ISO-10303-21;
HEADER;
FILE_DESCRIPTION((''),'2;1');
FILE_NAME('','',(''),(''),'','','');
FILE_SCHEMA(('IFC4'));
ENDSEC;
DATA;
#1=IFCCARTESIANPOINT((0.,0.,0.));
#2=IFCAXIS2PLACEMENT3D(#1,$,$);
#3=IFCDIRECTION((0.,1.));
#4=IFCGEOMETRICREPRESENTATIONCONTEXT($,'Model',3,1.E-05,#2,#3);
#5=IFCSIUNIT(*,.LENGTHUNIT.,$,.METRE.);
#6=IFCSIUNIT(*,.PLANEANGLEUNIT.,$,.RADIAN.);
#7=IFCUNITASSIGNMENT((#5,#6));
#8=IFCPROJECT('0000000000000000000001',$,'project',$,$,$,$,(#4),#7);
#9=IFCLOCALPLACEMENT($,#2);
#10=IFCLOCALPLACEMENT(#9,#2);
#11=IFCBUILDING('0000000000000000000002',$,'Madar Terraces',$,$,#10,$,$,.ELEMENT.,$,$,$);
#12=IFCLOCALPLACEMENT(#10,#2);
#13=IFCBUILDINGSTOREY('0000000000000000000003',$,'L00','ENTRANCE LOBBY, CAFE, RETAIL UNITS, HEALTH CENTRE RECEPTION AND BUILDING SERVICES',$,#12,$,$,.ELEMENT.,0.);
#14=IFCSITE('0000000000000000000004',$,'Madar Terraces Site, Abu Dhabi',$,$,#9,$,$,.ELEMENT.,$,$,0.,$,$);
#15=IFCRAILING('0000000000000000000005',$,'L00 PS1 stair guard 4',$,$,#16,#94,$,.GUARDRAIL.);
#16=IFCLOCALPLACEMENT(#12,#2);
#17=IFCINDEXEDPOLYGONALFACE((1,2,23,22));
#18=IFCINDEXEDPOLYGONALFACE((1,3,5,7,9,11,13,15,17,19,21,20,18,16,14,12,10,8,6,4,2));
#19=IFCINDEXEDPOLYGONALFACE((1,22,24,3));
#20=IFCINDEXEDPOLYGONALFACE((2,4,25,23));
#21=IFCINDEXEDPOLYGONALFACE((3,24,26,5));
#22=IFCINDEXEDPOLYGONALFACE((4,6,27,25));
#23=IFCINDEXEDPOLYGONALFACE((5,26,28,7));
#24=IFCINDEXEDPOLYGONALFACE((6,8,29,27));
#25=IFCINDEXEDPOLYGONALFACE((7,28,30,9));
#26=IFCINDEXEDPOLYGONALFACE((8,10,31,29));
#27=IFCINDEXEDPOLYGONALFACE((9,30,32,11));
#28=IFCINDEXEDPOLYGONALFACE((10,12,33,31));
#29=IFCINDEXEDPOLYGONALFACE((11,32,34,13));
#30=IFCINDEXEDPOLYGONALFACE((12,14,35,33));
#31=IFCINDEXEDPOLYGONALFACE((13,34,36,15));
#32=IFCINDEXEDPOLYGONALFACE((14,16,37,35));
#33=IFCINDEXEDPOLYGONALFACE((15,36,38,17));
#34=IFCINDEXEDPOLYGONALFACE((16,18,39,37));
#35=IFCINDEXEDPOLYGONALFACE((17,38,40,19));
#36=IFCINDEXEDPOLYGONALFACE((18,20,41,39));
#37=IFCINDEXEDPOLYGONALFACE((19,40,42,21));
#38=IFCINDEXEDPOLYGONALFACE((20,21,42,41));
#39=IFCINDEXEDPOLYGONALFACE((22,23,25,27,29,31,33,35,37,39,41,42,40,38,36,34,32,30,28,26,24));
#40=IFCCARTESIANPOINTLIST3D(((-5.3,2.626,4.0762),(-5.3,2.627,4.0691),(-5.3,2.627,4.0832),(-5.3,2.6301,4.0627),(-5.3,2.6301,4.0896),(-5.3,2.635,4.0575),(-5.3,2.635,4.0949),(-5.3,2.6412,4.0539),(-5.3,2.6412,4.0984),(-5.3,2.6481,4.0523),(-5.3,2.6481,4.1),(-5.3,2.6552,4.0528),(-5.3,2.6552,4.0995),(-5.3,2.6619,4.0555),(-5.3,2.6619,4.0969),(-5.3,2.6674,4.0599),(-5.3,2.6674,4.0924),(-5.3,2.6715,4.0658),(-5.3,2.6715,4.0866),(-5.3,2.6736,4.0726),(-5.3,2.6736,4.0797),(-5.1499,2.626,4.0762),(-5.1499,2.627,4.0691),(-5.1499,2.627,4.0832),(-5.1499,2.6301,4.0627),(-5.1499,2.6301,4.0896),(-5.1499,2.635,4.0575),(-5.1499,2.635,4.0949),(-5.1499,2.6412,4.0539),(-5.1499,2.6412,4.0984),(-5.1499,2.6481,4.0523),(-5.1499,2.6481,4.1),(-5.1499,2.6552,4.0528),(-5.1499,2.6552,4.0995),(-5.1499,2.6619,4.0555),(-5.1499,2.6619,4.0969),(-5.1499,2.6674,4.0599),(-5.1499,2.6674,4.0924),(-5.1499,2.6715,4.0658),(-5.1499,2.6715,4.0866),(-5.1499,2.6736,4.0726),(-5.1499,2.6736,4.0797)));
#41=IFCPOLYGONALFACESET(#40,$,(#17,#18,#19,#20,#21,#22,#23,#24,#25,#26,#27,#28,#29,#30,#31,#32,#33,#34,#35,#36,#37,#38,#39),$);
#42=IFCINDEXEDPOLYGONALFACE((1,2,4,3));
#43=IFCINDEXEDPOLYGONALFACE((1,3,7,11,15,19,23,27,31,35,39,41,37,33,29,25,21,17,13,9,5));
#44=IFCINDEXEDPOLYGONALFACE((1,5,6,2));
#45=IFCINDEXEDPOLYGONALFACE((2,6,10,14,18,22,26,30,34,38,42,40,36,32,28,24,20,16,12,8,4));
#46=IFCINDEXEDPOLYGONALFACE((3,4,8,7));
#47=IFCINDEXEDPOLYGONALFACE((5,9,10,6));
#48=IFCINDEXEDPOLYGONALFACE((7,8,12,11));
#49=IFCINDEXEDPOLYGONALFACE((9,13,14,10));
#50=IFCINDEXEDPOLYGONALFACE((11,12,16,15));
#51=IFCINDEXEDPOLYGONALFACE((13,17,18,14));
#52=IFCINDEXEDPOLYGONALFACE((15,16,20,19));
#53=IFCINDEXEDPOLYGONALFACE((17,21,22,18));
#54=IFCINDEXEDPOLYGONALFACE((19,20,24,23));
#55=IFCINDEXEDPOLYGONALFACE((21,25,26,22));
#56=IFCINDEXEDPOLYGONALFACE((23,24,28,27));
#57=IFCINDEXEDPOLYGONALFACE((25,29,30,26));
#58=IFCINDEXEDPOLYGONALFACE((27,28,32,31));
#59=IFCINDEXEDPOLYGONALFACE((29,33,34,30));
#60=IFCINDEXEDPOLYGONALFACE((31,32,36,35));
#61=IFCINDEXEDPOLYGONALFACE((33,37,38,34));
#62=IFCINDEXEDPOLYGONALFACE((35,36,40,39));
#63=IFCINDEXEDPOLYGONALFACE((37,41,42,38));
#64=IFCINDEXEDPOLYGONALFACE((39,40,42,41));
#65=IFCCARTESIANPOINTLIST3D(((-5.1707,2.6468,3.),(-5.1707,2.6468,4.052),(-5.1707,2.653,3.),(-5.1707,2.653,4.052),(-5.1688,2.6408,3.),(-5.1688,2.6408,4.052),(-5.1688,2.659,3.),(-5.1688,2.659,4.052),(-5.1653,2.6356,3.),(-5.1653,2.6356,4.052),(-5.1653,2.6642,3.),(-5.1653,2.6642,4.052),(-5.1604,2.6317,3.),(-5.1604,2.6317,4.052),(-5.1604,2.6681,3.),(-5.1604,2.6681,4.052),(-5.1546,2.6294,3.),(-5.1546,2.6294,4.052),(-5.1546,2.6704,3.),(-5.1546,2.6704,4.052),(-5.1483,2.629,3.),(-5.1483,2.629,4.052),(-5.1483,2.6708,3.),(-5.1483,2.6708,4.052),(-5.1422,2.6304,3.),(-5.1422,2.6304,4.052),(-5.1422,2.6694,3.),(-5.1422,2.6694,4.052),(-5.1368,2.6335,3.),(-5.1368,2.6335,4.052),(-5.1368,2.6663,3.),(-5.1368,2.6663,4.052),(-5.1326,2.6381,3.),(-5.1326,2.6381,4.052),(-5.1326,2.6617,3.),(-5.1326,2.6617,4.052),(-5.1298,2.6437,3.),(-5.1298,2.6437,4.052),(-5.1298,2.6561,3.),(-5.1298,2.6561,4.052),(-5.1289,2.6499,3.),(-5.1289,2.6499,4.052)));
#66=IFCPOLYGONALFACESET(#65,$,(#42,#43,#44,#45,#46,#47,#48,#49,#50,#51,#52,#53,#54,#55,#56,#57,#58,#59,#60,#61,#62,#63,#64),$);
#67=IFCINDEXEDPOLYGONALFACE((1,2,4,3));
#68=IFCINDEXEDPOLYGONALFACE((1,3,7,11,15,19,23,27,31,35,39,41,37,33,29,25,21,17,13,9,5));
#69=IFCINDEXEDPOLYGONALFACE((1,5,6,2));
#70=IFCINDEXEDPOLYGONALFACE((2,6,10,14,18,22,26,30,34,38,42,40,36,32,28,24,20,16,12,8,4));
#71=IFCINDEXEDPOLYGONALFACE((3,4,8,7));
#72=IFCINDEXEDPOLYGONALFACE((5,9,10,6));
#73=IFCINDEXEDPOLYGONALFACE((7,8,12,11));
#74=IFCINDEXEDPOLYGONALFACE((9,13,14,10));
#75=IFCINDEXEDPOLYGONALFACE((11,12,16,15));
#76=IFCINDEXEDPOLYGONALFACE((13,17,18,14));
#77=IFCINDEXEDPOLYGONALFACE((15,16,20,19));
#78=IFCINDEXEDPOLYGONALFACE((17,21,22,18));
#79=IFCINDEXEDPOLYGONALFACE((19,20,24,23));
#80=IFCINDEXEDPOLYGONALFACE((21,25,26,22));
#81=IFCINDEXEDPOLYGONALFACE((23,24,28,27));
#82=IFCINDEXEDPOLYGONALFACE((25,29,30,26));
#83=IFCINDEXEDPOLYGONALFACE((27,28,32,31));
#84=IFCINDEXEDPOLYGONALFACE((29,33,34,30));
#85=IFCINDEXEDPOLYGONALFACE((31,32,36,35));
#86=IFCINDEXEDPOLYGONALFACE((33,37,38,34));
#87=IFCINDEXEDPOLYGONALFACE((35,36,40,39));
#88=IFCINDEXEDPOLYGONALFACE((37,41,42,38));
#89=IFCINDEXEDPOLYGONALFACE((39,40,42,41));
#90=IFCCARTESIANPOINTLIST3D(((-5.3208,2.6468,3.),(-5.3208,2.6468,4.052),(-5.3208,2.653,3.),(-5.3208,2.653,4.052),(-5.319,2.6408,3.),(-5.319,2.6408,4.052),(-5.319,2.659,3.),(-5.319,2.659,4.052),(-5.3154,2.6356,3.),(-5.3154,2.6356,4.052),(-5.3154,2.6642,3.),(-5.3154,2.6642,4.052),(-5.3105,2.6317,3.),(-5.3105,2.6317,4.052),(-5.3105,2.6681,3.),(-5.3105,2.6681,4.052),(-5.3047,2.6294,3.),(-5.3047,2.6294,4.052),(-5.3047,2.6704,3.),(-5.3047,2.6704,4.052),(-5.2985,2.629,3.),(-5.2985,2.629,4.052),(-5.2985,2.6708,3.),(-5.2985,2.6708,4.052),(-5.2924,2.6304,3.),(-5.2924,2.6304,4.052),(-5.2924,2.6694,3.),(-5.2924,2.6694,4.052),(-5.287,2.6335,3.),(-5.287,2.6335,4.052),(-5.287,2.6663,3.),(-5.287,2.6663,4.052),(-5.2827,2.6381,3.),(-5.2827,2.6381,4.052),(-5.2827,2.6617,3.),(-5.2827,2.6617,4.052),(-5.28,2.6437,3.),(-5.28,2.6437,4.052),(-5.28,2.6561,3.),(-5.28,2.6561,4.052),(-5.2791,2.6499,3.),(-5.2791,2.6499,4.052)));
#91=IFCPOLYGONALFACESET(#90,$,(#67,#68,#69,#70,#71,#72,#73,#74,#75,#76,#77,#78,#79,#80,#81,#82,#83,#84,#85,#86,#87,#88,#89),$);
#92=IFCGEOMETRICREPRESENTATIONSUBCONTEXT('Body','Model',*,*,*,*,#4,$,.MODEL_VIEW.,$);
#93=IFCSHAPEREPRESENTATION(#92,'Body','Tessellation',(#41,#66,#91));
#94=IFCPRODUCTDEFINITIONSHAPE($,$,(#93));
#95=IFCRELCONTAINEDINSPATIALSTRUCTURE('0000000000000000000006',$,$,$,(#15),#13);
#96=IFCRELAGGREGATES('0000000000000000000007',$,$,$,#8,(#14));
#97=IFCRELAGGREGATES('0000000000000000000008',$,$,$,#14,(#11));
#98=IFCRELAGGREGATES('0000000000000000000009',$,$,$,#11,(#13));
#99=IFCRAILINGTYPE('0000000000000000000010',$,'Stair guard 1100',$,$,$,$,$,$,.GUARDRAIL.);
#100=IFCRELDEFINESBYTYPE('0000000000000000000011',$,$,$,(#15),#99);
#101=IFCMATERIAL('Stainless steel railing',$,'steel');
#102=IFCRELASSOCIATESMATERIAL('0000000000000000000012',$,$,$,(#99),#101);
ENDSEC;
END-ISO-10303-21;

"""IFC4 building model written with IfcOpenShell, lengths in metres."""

from ifc_helpers import new_model, si_unit, direction, frame, origin, origin_2d, place, context, subcontext, project, spatial, circle, extrude, material, type_object, element, save


model = new_model("IFC4")

# Units and contexts
model_context = context("Model", 3, precision=1e-05, world=origin(), true_north=direction((0.0, 1.0)))
body_context = subcontext(model_context, "Body", "Model", "MODEL_VIEW")
ifc_project = project(units=[si_unit("LENGTHUNIT", "METRE"), si_unit("PLANEANGLEUNIT", "RADIAN")], contexts=[model_context])

# Site, building, storey
site_placement = place(None, origin())
site = spatial("IfcSite", under=ifc_project, at=site_placement, Name="Madar Terraces Site, Abu Dhabi", CompositionType="ELEMENT", RefElevation=0.0)
building_placement = place(site_placement, origin())
building = spatial("IfcBuilding", under=site, at=building_placement, Name="Madar Terraces", CompositionType="ELEMENT")
storey_placement = place(building_placement, origin())
storey = spatial("IfcBuildingStorey", under=building, at=storey_placement, Name="L00", Description="ENTRANCE LOBBY, CAFE, RETAIL UNITS, HEALTH CENTRE RECEPTION AND BUILDING SERVICES", CompositionType="ELEMENT", Elevation=0.0)

# Railing
ifc_material_1 = material(Name="Stainless steel railing", Category="steel")
railing_type_1 = type_object("IfcRailingType", Name="Stair guard 1100", PredefinedType="GUARDRAIL", material=ifc_material_1)
railing_1_placement = place(storey_placement, frame((-5.1499, 2.6499, 3.0)))
element("IfcRailing", 1, at=railing_1_placement, inside=storey, type_object=railing_type_1, Name="L00 PS1 stair guard 4", PredefinedType="GUARDRAIL", context=body_context, shape_type="SweptSolid", body=[
    extrude(circle(Radius=0.0239, at=origin_2d()), frame((0.0, 0.0, 1.0762), z_axis=(-1.0, 0.0, 0.0), x_axis=(0.0, -1.0, 0.0)), (0.0, 0.0, 1.0), 0.1501),
    extrude(circle(Radius=0.021, at=origin_2d()), origin(), (0.0, 0.0, 1.0), 1.052),
    extrude(circle(Radius=0.021, at=origin_2d()), frame((-0.1501, 0.0, 0.0)), (0.0, 0.0, 1.0), 1.052),
])

save(model, "model.ifc")
